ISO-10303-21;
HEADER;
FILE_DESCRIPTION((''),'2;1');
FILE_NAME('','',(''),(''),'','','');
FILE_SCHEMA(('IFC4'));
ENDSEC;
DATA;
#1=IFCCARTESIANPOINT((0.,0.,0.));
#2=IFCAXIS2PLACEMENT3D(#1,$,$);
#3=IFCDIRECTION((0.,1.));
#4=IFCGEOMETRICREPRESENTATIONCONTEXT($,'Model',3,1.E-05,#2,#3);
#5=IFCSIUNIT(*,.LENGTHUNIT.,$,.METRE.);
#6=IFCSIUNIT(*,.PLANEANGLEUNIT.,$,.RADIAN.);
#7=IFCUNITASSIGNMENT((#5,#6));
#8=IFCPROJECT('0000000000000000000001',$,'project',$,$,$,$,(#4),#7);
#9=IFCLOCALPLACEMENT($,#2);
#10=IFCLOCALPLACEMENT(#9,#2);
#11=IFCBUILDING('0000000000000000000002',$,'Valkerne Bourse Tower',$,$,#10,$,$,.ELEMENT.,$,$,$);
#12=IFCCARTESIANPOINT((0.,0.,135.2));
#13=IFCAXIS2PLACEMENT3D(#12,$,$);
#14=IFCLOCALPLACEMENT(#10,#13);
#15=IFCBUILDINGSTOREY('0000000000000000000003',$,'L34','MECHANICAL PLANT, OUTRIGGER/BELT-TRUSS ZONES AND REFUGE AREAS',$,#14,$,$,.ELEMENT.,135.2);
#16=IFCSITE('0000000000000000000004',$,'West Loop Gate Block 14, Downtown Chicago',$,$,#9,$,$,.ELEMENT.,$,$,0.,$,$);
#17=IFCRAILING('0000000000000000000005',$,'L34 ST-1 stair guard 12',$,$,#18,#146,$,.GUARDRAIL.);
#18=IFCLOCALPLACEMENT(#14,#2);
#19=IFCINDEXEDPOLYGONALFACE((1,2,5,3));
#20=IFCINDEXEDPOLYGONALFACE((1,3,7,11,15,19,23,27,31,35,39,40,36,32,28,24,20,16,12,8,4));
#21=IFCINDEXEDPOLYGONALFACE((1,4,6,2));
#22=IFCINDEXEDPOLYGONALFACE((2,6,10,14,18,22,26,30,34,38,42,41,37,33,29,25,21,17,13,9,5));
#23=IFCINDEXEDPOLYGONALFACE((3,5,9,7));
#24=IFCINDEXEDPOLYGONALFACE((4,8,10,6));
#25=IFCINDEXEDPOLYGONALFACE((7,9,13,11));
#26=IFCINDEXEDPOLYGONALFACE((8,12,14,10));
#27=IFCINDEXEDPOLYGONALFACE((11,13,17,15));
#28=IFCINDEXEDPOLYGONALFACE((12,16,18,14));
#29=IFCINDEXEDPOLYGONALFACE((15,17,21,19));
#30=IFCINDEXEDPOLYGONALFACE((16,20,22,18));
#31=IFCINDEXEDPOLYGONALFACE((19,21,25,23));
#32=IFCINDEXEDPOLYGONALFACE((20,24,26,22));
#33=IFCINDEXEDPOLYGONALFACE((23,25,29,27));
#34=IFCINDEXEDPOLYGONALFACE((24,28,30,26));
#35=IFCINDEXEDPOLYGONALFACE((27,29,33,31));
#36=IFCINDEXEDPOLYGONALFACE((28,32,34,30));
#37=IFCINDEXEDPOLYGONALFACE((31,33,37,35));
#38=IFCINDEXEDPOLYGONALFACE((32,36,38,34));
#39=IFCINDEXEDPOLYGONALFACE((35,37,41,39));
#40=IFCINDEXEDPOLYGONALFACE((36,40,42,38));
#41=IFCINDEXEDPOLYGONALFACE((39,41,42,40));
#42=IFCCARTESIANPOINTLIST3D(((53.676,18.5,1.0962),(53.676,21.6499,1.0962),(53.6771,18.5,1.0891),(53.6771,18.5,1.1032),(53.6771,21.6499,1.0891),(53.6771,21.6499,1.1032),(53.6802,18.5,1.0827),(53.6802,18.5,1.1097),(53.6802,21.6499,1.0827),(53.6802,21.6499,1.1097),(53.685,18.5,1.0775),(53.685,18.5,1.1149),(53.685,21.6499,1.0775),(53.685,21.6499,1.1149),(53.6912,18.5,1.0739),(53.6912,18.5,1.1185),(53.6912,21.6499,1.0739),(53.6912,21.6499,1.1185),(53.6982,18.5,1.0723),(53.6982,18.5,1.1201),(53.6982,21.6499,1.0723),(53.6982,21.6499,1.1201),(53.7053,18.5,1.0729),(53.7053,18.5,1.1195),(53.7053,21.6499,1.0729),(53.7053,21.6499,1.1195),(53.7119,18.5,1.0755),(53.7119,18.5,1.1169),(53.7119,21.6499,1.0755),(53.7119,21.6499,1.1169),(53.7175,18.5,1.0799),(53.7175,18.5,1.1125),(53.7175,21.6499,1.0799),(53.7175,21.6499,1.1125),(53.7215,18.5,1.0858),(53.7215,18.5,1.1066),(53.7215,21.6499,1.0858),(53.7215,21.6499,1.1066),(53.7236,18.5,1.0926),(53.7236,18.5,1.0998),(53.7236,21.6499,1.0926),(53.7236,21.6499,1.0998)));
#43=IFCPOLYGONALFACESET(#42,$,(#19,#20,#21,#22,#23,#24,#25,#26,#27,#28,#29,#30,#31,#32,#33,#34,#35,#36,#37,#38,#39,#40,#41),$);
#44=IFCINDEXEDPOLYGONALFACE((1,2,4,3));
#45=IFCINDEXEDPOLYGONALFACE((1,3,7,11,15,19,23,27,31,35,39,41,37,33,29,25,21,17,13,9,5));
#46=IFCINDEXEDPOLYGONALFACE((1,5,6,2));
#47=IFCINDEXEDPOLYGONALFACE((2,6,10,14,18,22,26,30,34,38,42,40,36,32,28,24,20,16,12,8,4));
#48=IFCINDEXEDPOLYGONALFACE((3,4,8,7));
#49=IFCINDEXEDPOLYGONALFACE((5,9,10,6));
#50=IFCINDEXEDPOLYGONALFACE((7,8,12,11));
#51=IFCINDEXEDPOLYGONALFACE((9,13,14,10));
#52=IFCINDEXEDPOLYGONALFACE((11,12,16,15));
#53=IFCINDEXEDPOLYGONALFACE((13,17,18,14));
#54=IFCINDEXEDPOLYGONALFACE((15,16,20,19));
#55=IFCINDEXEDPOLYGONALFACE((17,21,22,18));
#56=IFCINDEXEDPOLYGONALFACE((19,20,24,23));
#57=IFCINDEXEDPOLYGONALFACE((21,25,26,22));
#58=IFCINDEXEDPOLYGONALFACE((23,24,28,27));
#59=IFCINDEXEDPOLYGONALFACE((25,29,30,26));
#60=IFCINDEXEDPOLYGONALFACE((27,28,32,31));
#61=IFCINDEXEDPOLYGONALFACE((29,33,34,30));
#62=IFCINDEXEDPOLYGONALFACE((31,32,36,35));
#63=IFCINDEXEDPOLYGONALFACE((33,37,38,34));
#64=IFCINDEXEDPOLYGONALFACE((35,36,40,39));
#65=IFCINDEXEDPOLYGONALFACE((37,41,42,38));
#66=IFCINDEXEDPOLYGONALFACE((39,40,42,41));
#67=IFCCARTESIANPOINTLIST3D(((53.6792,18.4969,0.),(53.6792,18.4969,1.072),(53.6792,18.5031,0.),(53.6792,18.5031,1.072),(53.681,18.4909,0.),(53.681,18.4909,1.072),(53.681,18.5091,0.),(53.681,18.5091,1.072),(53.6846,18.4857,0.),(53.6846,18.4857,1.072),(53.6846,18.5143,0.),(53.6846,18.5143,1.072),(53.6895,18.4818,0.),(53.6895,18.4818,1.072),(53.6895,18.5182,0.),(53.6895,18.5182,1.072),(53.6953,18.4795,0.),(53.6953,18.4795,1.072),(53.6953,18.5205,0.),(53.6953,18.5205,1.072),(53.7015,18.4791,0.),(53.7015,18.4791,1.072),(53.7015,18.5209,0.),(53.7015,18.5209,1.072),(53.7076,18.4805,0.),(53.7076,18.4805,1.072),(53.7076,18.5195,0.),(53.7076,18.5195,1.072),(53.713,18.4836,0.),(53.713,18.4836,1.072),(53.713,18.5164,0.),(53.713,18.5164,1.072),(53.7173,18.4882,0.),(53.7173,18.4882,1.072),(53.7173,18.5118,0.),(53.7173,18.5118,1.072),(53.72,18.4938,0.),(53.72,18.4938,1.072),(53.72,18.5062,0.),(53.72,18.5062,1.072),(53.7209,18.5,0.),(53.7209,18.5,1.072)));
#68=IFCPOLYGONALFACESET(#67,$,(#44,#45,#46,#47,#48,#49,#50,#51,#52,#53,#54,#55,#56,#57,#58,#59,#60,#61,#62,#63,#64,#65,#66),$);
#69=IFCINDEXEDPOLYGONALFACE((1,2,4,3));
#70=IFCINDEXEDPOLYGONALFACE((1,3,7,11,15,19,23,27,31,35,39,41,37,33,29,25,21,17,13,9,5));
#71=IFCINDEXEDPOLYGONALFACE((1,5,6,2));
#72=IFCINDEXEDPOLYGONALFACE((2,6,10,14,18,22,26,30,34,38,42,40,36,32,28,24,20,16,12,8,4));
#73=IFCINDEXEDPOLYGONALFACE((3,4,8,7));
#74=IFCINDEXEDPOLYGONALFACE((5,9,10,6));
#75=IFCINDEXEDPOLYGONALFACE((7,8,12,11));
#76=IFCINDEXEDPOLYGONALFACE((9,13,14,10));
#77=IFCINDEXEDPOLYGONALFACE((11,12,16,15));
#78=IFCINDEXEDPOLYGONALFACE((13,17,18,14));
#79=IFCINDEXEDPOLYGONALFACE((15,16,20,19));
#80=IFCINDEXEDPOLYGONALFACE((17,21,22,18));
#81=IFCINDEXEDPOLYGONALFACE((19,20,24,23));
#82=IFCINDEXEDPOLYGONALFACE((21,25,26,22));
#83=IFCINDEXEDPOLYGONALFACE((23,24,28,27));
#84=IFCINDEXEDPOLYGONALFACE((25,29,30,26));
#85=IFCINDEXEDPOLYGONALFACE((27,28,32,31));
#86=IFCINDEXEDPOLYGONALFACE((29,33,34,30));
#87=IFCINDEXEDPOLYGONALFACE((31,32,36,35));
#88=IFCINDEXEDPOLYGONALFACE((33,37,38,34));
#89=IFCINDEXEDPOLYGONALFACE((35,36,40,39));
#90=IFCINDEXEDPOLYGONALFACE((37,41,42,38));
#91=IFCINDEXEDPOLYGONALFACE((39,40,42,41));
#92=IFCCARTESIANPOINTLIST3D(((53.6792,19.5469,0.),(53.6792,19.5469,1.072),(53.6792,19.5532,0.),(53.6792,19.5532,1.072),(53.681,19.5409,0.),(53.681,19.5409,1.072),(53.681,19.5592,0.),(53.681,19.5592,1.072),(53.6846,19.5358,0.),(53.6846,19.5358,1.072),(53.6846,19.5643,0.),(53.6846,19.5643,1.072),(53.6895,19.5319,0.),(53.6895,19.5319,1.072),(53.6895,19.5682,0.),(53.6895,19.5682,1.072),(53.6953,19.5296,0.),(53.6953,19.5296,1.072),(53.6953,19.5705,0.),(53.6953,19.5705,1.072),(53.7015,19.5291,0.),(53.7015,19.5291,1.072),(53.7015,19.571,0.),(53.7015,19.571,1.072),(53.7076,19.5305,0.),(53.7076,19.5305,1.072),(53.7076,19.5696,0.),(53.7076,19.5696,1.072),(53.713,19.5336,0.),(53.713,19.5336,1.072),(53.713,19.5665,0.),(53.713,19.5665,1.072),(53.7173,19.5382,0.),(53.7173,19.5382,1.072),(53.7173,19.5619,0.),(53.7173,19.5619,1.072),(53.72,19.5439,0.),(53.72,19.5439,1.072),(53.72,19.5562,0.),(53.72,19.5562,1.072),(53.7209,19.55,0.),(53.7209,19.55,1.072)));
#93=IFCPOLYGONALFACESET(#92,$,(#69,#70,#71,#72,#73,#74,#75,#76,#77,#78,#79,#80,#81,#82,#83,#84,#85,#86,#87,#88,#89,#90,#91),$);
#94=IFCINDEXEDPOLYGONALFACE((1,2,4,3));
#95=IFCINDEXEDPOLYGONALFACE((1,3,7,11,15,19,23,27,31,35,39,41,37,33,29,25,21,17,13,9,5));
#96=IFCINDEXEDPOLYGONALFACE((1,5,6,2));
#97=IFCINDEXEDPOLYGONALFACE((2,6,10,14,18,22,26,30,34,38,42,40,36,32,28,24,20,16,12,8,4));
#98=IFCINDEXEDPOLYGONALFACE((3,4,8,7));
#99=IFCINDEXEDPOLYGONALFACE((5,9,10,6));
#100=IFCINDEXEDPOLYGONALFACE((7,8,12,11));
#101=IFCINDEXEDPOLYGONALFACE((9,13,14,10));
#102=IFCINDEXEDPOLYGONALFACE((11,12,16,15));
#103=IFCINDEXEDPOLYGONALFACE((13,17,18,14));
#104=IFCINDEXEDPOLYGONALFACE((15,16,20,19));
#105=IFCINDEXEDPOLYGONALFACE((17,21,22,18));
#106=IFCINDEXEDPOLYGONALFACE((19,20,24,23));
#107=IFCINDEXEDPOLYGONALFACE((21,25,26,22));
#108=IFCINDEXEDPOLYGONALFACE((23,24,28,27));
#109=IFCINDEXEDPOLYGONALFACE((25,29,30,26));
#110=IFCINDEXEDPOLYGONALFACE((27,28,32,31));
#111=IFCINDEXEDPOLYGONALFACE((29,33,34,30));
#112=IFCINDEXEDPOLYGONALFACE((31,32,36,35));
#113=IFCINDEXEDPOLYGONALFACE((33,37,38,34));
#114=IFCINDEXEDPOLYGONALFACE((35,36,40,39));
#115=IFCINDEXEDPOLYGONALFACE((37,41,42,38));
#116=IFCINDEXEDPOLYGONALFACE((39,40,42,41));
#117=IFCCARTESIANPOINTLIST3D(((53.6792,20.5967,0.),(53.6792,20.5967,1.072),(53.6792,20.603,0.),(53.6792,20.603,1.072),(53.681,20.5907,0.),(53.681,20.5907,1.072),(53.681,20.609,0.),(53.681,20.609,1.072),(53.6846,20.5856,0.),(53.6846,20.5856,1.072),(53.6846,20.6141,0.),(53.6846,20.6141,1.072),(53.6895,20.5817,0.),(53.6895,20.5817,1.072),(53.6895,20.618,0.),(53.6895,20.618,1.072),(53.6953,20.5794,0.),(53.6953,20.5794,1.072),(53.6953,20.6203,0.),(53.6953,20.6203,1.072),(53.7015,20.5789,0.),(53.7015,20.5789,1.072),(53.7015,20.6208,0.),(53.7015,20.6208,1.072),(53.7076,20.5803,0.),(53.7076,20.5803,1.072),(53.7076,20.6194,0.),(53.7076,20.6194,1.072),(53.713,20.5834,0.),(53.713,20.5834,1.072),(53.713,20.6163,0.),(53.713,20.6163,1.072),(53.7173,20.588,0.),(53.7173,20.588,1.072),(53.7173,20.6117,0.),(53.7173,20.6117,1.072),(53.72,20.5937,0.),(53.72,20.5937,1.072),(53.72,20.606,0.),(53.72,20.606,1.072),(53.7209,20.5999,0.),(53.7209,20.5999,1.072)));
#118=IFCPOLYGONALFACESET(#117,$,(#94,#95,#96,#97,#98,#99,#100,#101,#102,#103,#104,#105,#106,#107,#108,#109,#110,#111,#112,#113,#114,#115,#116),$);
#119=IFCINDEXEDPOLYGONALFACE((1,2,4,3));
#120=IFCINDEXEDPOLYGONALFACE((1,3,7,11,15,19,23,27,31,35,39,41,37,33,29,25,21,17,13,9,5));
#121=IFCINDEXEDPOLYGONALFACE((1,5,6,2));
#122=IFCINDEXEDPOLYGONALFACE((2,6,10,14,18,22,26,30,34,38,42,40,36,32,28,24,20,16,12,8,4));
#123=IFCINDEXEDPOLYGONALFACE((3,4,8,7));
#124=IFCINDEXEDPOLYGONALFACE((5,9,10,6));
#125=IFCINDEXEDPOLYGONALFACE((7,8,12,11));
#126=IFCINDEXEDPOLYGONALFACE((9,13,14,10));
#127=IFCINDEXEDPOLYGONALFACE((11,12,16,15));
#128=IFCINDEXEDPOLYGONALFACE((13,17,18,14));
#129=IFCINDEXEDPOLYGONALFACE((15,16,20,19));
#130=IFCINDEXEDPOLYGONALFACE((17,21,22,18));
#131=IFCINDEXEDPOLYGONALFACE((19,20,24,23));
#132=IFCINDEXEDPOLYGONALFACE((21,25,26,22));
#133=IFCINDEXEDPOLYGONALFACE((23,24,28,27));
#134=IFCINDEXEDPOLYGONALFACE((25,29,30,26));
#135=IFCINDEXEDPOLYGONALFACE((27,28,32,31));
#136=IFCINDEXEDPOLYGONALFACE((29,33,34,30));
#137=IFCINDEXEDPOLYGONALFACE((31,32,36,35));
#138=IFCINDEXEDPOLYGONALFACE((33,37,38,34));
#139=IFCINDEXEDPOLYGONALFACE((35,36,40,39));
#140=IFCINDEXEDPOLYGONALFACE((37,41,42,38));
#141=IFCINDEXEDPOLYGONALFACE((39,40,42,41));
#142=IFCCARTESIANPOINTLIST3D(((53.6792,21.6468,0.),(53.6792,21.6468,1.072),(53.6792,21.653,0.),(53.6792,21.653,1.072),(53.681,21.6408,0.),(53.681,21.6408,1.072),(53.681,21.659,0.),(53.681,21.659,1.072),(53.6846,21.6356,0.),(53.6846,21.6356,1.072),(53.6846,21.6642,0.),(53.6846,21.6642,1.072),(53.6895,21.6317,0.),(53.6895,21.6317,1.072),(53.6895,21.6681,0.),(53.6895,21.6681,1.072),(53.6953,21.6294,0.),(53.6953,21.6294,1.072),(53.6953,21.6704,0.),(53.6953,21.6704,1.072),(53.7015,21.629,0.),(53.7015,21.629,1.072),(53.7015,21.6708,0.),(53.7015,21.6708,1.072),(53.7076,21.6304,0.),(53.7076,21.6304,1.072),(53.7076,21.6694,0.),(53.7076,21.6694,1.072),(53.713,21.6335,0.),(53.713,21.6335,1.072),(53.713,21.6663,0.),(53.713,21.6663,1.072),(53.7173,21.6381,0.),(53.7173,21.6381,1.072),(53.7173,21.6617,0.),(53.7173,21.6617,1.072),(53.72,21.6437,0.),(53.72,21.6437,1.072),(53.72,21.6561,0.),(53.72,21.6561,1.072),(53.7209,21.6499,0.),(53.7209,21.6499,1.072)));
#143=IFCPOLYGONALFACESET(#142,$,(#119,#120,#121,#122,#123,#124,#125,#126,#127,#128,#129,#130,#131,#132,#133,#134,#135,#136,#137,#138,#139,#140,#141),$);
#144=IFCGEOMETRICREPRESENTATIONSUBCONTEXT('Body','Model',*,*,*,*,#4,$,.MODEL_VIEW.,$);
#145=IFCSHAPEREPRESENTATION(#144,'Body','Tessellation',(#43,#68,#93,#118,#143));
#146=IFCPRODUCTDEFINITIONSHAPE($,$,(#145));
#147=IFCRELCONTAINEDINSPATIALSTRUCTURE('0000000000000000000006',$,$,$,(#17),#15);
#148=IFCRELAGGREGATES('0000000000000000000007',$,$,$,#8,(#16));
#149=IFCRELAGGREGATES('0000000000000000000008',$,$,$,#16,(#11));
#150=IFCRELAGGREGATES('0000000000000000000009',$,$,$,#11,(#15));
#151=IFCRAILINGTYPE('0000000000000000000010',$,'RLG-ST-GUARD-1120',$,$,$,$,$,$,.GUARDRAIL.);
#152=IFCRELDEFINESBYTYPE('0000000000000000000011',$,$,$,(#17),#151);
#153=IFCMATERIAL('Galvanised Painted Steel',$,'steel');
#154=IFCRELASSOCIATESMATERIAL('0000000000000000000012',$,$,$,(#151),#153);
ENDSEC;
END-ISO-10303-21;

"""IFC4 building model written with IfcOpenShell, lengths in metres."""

from ifc_helpers import new_model, si_unit, direction, frame, origin, origin_2d, place, context, subcontext, project, spatial, circle, extrude, material, type_object, element, save


model = new_model("IFC4")

# Units and contexts
model_context = context("Model", 3, precision=1e-05, world=origin(), true_north=direction((0.0, 1.0)))
body_context = subcontext(model_context, "Body", "Model", "MODEL_VIEW")
ifc_project = project(units=[si_unit("LENGTHUNIT", "METRE"), si_unit("PLANEANGLEUNIT", "RADIAN")], contexts=[model_context])

# Site, building, storey
site_placement = place(None, origin())
site = spatial("IfcSite", under=ifc_project, at=site_placement, Name="West Loop Gate Block 14, Downtown Chicago", CompositionType="ELEMENT", RefElevation=0.0)
building_placement = place(site_placement, origin())
building = spatial("IfcBuilding", under=site, at=building_placement, Name="Valkerne Bourse Tower", CompositionType="ELEMENT")
storey_placement = place(building_placement, frame((0.0, 0.0, 135.2)))
storey = spatial("IfcBuildingStorey", under=building, at=storey_placement, Name="L34", Description="MECHANICAL PLANT, OUTRIGGER/BELT-TRUSS ZONES AND REFUGE AREAS", CompositionType="ELEMENT", Elevation=135.2)

# Shared definitions
ifc_material_1 = material(Name="Galvanised Painted Steel", Category="steel")

# Railing
railing_type_1 = type_object("IfcRailingType", Name="RLG-ST-GUARD-1120", PredefinedType="GUARDRAIL", material=ifc_material_1)
railing_1_placement = place(storey_placement, frame((53.7, 18.5, 0.0)))
element("IfcRailing", 1, at=railing_1_placement, inside=storey, type_object=railing_type_1, Name="L34 ST-1 stair guard 12", PredefinedType="GUARDRAIL", context=body_context, shape_type="SweptSolid", body=[
    extrude(circle(Radius=0.0239, at=origin_2d()), frame((0.0, 0.0, 1.0962), z_axis=(0.0, 1.0, 0.0), x_axis=(-1.0, 0.0, 0.0)), (0.0, 0.0, 1.0), 3.1499),
    extrude(circle(Radius=0.021, at=origin_2d()), origin(), (0.0, 0.0, 1.0), 1.072),
    extrude(circle(Radius=0.021, at=origin_2d()), frame((0.0, 1.05, 0.0)), (0.0, 0.0, 1.0), 1.072),
    extrude(circle(Radius=0.021, at=origin_2d()), frame((0.0, 2.0999, 0.0)), (0.0, 0.0, 1.0), 1.072),
    extrude(circle(Radius=0.021, at=origin_2d()), frame((0.0, 3.1499, 0.0)), (0.0, 0.0, 1.0), 1.072),
])

save(model, "model.ifc")
